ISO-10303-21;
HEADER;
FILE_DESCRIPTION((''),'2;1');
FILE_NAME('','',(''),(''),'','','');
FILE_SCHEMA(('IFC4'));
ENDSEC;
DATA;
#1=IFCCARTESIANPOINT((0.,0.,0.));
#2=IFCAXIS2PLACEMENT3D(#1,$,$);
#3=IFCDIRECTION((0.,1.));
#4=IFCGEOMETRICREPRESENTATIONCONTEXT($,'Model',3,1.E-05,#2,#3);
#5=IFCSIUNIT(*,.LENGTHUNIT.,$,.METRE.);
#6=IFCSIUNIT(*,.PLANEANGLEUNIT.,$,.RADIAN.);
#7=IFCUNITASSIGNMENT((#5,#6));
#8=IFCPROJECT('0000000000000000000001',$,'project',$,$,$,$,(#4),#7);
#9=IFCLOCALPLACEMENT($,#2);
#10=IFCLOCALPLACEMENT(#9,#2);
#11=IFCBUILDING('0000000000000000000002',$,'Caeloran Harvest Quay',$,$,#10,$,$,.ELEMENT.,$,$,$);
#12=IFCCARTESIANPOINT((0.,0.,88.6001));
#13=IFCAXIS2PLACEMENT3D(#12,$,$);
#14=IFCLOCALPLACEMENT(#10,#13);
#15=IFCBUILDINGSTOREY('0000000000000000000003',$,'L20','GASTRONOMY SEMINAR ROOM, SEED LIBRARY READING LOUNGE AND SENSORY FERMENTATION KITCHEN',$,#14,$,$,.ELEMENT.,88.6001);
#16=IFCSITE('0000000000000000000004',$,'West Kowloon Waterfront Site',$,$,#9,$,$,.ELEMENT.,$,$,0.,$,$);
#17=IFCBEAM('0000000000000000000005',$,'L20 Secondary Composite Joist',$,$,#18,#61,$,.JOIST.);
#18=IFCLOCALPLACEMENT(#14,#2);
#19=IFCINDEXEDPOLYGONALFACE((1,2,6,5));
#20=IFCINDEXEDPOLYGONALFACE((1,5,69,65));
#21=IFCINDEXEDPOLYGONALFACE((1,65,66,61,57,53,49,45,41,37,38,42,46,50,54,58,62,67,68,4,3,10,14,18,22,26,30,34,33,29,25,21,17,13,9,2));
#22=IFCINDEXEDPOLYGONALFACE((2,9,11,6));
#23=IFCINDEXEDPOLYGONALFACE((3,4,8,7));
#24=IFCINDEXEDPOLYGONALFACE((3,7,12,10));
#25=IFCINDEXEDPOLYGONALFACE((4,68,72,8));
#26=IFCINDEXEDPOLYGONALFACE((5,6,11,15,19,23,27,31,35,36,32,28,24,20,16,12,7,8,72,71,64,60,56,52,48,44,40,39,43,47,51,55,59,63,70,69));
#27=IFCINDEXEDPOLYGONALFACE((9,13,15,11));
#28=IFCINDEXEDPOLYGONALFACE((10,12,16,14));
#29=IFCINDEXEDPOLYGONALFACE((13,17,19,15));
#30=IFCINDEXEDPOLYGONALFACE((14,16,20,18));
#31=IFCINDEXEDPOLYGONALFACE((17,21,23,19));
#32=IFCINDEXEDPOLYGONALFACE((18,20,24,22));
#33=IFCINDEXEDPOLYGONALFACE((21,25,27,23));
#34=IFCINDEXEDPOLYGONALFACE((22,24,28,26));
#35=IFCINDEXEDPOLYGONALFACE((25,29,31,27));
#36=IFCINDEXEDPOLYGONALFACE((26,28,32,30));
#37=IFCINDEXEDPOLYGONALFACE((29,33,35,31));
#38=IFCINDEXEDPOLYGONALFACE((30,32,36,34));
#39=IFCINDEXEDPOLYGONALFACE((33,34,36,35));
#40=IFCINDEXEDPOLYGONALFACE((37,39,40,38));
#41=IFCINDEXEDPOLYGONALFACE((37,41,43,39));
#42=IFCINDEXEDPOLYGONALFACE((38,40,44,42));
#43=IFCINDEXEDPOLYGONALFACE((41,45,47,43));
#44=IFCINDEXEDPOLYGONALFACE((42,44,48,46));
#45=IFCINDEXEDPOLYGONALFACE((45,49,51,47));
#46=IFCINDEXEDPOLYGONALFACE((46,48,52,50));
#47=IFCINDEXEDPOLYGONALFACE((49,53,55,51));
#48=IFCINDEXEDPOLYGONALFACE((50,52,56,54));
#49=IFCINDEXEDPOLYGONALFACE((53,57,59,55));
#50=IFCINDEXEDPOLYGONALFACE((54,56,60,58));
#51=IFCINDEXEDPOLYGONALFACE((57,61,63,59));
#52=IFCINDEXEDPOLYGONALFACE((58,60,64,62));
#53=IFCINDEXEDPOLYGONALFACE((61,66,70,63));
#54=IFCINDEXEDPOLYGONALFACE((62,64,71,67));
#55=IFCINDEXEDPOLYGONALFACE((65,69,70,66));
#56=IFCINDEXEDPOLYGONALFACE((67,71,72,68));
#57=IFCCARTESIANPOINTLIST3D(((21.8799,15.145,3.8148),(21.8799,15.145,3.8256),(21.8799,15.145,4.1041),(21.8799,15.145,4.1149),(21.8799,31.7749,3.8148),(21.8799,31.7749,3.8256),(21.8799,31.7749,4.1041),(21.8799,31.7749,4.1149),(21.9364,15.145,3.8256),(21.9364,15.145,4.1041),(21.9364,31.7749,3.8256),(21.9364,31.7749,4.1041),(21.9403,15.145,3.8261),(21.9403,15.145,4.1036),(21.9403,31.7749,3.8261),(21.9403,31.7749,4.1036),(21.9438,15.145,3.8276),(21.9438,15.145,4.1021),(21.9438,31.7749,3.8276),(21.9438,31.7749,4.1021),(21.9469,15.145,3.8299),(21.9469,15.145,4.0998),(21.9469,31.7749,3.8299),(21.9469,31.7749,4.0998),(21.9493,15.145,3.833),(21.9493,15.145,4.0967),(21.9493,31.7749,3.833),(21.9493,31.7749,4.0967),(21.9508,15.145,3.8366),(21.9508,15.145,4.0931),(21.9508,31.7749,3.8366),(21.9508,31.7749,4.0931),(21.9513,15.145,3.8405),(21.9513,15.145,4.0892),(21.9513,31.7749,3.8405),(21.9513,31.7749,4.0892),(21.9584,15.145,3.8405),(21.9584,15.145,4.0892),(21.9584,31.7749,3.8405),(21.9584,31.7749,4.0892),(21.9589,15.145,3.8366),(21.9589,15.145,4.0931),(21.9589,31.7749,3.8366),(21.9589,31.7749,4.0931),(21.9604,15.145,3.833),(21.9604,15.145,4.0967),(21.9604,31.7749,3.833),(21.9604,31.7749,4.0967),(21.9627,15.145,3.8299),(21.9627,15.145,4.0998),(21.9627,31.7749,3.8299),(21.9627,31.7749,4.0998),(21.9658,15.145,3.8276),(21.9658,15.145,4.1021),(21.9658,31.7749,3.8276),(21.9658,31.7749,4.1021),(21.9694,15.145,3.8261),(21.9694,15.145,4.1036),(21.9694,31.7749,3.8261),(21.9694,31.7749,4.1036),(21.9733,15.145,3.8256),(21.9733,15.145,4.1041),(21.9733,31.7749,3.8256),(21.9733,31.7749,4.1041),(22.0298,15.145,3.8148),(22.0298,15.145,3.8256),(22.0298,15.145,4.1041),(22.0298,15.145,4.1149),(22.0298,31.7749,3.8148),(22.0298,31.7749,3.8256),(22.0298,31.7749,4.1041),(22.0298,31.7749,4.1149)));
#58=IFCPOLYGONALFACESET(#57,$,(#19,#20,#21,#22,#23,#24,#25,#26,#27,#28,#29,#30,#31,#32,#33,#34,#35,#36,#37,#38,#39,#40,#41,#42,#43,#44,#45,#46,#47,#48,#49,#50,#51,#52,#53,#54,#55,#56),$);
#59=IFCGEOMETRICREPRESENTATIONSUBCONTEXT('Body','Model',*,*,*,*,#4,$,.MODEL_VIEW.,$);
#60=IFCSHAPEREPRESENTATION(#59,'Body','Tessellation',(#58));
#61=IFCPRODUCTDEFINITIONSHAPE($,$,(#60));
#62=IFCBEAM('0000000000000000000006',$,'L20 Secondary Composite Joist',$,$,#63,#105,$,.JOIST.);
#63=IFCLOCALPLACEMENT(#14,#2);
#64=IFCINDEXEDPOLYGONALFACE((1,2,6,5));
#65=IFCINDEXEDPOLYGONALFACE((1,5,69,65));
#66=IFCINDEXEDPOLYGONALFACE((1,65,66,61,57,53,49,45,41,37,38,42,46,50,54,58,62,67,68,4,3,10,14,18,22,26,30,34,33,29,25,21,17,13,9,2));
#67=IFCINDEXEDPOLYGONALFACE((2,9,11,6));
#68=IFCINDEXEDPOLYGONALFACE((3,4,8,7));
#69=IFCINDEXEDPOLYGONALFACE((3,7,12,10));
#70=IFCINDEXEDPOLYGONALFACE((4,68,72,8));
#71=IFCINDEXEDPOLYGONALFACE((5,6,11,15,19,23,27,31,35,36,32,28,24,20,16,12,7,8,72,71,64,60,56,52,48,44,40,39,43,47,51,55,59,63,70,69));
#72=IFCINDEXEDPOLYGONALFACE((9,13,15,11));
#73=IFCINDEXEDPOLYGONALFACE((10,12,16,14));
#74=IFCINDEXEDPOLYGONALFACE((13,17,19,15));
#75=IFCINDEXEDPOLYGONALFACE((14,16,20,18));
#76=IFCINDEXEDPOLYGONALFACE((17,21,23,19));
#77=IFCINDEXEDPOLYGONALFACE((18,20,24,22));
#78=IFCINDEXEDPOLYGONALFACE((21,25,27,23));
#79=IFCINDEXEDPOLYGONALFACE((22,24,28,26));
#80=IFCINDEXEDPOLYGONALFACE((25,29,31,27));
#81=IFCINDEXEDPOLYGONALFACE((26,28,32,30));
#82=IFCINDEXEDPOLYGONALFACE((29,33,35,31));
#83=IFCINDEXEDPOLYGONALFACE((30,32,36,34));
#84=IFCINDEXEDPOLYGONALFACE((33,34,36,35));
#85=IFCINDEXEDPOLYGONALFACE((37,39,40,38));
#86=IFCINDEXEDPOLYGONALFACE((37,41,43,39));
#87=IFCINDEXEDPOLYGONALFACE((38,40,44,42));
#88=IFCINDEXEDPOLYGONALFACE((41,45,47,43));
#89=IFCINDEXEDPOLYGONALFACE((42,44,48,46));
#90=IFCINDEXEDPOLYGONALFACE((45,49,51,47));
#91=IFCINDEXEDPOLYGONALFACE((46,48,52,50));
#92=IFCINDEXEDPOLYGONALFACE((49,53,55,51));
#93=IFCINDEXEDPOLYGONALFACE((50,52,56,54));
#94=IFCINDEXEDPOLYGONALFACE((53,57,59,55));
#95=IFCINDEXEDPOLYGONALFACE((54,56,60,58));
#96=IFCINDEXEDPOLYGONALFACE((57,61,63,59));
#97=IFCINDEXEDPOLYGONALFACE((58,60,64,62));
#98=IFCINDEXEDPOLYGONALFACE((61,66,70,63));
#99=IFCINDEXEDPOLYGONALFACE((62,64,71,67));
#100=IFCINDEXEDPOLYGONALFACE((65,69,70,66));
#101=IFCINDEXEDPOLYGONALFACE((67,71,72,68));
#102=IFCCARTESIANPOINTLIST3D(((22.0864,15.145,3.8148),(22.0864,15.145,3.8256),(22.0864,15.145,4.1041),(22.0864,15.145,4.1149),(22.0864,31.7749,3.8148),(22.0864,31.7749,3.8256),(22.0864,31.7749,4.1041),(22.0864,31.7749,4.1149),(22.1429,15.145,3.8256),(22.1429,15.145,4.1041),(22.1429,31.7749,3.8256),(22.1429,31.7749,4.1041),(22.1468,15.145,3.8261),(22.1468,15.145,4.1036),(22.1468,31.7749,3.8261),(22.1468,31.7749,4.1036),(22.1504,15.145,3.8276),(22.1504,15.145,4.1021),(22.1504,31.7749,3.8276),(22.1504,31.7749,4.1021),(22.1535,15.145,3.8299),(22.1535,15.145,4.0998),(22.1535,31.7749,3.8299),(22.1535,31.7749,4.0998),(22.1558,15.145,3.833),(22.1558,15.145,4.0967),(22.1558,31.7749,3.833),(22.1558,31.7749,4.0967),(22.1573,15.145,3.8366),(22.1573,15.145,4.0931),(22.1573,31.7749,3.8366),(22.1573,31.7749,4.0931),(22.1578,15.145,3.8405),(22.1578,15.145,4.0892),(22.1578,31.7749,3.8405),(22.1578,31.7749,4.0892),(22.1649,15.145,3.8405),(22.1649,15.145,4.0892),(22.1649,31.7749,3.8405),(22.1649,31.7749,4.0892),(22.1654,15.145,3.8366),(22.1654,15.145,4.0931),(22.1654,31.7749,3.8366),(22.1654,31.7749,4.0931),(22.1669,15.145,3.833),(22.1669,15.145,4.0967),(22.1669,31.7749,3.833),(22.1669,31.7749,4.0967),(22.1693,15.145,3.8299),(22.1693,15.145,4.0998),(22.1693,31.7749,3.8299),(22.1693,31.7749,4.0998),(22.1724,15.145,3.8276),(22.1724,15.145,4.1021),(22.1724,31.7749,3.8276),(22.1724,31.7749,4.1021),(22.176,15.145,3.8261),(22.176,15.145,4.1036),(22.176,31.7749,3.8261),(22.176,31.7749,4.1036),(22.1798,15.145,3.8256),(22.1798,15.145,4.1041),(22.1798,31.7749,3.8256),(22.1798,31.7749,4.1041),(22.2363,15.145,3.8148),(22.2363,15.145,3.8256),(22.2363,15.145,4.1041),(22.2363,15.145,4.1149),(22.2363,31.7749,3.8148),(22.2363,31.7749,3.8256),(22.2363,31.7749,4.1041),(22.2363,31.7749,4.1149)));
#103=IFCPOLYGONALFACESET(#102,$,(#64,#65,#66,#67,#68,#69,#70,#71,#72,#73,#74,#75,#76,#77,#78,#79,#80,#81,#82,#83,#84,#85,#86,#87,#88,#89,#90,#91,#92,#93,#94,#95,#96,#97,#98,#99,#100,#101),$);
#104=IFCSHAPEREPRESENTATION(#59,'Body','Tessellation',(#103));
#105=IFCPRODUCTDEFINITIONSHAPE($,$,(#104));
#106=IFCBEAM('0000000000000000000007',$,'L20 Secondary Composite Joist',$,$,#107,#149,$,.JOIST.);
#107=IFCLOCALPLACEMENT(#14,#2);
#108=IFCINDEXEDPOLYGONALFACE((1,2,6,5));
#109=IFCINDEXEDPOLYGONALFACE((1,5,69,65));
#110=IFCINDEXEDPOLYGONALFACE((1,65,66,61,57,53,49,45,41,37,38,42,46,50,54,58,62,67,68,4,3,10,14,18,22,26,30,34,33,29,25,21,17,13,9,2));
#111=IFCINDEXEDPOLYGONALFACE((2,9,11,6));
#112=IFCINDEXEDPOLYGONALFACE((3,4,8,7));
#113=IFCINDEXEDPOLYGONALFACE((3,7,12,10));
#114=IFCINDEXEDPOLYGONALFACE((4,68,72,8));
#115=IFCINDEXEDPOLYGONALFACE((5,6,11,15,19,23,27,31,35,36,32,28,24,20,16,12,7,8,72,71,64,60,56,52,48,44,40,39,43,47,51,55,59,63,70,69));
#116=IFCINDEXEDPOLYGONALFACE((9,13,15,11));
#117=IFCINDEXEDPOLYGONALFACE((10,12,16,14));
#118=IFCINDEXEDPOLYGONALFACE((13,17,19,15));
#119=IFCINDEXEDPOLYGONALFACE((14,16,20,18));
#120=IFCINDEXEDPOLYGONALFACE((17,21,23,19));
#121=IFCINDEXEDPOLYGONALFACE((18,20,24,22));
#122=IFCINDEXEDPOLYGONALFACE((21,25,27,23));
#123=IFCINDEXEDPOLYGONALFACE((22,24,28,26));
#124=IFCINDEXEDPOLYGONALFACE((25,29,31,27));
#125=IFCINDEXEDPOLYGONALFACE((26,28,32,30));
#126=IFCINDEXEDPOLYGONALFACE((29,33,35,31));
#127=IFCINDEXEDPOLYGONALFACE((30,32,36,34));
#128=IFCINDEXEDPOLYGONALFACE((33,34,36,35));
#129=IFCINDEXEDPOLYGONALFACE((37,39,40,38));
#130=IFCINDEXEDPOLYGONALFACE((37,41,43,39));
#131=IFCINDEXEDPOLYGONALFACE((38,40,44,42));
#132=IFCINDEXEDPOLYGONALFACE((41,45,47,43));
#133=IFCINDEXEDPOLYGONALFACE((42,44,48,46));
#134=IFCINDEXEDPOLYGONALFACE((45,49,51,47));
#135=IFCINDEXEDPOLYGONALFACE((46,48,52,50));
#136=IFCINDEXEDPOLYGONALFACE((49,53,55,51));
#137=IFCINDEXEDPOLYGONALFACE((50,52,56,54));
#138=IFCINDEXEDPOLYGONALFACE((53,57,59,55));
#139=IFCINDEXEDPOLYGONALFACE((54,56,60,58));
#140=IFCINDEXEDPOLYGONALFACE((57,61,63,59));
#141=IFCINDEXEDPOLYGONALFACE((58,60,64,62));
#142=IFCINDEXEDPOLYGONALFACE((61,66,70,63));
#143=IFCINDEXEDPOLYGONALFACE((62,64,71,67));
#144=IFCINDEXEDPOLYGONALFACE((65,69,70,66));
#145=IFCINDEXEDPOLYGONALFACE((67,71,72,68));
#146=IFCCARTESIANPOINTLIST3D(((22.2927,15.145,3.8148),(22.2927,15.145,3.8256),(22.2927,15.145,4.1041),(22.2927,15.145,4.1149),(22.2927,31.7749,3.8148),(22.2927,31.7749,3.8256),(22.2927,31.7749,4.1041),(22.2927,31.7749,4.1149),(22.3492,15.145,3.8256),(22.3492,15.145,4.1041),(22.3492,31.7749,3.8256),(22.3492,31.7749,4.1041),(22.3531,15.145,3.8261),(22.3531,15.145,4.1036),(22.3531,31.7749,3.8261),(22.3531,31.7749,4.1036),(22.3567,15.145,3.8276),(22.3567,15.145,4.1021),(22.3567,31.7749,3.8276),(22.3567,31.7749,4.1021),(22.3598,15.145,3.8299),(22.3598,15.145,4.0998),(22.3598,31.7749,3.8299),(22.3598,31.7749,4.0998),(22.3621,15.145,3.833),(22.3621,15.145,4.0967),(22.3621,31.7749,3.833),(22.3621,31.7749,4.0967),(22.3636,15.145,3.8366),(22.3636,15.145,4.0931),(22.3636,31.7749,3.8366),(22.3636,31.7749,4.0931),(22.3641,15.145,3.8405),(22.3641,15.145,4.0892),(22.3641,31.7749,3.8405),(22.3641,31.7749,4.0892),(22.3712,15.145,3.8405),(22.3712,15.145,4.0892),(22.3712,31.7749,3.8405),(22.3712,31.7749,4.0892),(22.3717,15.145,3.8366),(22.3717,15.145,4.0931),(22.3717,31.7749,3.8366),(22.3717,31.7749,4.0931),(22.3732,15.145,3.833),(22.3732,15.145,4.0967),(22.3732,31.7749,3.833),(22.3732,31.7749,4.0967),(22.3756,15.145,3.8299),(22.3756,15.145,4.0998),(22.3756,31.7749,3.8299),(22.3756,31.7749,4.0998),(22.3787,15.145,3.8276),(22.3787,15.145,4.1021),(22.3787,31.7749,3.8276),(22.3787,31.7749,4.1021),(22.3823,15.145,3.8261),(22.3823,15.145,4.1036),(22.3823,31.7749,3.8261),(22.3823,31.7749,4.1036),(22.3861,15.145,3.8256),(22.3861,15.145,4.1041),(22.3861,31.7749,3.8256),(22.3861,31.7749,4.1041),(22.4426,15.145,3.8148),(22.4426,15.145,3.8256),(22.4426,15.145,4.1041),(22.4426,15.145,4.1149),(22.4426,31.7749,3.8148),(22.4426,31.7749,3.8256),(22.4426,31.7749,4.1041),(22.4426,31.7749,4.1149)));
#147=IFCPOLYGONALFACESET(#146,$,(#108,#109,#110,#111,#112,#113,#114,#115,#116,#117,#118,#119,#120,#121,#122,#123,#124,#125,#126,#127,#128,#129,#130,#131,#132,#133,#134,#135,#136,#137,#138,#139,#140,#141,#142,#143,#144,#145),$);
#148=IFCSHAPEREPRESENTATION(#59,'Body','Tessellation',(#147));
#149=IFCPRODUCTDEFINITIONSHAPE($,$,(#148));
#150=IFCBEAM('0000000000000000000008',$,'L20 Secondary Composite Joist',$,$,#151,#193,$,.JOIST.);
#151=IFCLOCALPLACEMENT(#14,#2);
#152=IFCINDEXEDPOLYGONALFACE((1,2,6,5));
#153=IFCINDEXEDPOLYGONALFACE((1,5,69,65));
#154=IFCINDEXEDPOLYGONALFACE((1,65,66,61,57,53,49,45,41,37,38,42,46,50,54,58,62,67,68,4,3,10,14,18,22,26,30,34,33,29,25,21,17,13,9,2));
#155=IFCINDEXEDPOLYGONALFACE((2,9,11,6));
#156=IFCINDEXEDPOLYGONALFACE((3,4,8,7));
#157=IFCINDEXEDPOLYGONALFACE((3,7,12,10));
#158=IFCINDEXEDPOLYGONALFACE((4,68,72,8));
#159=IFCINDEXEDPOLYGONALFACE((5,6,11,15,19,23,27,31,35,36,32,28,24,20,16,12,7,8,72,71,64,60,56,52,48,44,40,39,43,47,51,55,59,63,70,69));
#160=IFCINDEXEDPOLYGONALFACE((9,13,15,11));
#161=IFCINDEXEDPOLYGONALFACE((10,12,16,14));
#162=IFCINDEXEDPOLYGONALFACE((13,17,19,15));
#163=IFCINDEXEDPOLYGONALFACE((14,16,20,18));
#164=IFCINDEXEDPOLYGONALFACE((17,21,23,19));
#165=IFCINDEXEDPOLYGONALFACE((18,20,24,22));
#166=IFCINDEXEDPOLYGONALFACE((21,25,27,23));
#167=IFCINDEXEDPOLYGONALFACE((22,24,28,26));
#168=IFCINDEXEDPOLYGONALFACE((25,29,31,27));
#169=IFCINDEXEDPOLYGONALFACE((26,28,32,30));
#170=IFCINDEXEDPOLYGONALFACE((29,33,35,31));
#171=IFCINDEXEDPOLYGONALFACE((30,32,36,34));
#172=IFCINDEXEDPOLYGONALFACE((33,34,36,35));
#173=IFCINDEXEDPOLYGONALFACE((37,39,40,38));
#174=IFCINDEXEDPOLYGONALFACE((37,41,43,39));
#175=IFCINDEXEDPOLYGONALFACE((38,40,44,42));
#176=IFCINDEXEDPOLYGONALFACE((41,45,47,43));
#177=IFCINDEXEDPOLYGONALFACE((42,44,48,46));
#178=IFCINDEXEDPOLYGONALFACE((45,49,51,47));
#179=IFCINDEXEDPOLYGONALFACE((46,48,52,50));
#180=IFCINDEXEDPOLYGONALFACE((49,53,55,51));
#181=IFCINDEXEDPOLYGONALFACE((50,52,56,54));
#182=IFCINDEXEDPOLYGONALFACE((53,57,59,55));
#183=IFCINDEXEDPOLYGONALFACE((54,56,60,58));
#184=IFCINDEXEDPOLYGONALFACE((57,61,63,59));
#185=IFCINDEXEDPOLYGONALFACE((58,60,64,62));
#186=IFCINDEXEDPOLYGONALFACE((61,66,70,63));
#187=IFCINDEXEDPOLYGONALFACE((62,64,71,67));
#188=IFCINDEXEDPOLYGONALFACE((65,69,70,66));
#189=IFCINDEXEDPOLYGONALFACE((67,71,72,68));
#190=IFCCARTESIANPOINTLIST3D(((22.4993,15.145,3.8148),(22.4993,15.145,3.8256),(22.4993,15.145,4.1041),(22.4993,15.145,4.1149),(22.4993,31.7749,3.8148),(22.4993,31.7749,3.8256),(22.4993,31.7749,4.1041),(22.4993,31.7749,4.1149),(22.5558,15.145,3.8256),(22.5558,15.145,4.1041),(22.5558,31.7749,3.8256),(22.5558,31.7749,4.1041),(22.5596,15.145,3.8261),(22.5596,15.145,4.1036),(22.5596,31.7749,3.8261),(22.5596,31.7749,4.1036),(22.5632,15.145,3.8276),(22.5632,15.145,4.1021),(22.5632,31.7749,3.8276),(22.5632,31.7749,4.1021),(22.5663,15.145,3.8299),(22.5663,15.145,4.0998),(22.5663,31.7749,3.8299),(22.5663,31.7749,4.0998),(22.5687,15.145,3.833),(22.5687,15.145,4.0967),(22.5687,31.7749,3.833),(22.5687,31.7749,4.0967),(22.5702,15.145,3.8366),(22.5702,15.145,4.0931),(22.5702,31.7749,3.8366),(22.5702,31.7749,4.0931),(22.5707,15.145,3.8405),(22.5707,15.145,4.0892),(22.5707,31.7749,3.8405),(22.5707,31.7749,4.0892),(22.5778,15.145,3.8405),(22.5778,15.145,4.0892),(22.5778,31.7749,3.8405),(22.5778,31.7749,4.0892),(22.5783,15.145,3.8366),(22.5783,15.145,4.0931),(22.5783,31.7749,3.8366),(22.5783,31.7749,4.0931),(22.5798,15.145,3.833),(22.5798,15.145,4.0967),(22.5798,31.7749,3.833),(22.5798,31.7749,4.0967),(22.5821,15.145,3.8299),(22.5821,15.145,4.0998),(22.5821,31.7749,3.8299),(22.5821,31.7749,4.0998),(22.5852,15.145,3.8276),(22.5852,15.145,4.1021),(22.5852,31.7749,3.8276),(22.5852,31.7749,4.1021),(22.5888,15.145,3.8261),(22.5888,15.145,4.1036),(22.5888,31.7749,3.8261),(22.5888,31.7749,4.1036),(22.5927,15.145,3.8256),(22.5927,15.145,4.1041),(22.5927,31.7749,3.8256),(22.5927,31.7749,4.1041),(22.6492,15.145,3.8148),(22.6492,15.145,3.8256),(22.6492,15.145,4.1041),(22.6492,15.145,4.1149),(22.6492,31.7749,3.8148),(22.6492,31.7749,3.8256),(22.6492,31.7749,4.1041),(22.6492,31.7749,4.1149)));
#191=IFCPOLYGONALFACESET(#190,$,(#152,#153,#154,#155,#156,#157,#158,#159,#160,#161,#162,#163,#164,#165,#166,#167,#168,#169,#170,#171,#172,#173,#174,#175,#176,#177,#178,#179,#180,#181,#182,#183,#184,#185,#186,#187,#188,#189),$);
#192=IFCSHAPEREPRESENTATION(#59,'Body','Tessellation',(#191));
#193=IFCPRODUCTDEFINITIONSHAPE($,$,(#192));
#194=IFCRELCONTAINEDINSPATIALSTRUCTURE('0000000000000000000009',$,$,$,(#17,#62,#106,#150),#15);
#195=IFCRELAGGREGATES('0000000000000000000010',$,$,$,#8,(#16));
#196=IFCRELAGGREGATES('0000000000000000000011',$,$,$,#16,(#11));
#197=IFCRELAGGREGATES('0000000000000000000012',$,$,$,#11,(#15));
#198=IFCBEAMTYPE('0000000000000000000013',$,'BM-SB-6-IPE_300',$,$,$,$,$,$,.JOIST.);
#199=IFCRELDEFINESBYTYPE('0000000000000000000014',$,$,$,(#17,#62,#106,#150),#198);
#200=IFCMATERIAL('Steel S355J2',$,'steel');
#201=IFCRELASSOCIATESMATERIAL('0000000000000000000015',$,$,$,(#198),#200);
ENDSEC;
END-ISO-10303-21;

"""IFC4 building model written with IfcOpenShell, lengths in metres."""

from ifc_helpers import new_model, si_unit, direction, frame, origin, origin_2d, place, context, subcontext, project, spatial, i_section, extrude, material, material_profile, profile_set, type_object, element, save


model = new_model("IFC4")

# Units and contexts
model_context = context("Model", 3, precision=1e-05, world=origin(), true_north=direction((0.0, 1.0)))
body_context = subcontext(model_context, "Body", "Model", "MODEL_VIEW")
ifc_project = project(units=[si_unit("LENGTHUNIT", "METRE"), si_unit("PLANEANGLEUNIT", "RADIAN")], contexts=[model_context])

# Site, building, storey
site_placement = place(None, origin())
site = spatial("IfcSite", under=ifc_project, at=site_placement, Name="West Kowloon Waterfront Site", CompositionType="ELEMENT", RefElevation=0.0)
building_placement = place(site_placement, origin())
building = spatial("IfcBuilding", under=site, at=building_placement, Name="Caeloran Harvest Quay", CompositionType="ELEMENT")
storey_placement = place(building_placement, frame((0.0, 0.0, 88.6001)))
storey = spatial("IfcBuildingStorey", under=building, at=storey_placement, Name="L20", Description="GASTRONOMY SEMINAR ROOM, SEED LIBRARY READING LOUNGE AND SENSORY FERMENTATION KITCHEN", CompositionType="ELEMENT", Elevation=88.6001)

# Beams
ifc_material_1 = material(Name="Steel S355J2", Category="steel")
ifc_material_profile_1 = material_profile(ifc_material_1, i_section(OverallWidth=0.1499, OverallDepth=0.3, WebThickness=0.0071, FlangeThickness=0.0107, FilletRadius=0.0149, at=origin_2d()), Name="IPE 300")
ifc_profile_set_1 = profile_set([ifc_material_profile_1], Name="Steel S355J2")
beam_type_1 = type_object("IfcBeamType", Name="BM-SB-6-IPE_300", PredefinedType="JOIST", material=ifc_profile_set_1)
for number, where, z_axis, x_axis, name in (
    (1, (21.9548, 15.145, 3.9648), (0.0, 1.0, 0.0), (-1.0, 0.0, 0.0), "L20 Secondary Composite Joist"),
    (2, (22.1614, 15.145, 3.9648), (0.0, 1.0, 0.0), (-1.0, 0.0, 0.0), "L20 Secondary Composite Joist"),
    (3, (22.3677, 15.145, 3.9648), (0.0, 1.0, 0.0), (-1.0, 0.0, 0.0), "L20 Secondary Composite Joist"),
    (4, (22.5742, 15.145, 3.9648), (0.0, 1.0, 0.0), (-1.0, 0.0, 0.0), "L20 Secondary Composite Joist"),
):
    element("IfcBeam", number, at=place(storey_placement, frame(where, z_axis=z_axis, x_axis=x_axis)), inside=storey, type_object=beam_type_1, Name=name, PredefinedType="JOIST", context=body_context, shape_type="SweptSolid", body=[
        extrude(i_section(OverallWidth=0.1499, OverallDepth=0.3, WebThickness=0.0071, FlangeThickness=0.0107, FilletRadius=0.0149, at=origin_2d()), origin(), (0.0, 0.0, 1.0), 16.6299),
    ])

save(model, "model.ifc")
